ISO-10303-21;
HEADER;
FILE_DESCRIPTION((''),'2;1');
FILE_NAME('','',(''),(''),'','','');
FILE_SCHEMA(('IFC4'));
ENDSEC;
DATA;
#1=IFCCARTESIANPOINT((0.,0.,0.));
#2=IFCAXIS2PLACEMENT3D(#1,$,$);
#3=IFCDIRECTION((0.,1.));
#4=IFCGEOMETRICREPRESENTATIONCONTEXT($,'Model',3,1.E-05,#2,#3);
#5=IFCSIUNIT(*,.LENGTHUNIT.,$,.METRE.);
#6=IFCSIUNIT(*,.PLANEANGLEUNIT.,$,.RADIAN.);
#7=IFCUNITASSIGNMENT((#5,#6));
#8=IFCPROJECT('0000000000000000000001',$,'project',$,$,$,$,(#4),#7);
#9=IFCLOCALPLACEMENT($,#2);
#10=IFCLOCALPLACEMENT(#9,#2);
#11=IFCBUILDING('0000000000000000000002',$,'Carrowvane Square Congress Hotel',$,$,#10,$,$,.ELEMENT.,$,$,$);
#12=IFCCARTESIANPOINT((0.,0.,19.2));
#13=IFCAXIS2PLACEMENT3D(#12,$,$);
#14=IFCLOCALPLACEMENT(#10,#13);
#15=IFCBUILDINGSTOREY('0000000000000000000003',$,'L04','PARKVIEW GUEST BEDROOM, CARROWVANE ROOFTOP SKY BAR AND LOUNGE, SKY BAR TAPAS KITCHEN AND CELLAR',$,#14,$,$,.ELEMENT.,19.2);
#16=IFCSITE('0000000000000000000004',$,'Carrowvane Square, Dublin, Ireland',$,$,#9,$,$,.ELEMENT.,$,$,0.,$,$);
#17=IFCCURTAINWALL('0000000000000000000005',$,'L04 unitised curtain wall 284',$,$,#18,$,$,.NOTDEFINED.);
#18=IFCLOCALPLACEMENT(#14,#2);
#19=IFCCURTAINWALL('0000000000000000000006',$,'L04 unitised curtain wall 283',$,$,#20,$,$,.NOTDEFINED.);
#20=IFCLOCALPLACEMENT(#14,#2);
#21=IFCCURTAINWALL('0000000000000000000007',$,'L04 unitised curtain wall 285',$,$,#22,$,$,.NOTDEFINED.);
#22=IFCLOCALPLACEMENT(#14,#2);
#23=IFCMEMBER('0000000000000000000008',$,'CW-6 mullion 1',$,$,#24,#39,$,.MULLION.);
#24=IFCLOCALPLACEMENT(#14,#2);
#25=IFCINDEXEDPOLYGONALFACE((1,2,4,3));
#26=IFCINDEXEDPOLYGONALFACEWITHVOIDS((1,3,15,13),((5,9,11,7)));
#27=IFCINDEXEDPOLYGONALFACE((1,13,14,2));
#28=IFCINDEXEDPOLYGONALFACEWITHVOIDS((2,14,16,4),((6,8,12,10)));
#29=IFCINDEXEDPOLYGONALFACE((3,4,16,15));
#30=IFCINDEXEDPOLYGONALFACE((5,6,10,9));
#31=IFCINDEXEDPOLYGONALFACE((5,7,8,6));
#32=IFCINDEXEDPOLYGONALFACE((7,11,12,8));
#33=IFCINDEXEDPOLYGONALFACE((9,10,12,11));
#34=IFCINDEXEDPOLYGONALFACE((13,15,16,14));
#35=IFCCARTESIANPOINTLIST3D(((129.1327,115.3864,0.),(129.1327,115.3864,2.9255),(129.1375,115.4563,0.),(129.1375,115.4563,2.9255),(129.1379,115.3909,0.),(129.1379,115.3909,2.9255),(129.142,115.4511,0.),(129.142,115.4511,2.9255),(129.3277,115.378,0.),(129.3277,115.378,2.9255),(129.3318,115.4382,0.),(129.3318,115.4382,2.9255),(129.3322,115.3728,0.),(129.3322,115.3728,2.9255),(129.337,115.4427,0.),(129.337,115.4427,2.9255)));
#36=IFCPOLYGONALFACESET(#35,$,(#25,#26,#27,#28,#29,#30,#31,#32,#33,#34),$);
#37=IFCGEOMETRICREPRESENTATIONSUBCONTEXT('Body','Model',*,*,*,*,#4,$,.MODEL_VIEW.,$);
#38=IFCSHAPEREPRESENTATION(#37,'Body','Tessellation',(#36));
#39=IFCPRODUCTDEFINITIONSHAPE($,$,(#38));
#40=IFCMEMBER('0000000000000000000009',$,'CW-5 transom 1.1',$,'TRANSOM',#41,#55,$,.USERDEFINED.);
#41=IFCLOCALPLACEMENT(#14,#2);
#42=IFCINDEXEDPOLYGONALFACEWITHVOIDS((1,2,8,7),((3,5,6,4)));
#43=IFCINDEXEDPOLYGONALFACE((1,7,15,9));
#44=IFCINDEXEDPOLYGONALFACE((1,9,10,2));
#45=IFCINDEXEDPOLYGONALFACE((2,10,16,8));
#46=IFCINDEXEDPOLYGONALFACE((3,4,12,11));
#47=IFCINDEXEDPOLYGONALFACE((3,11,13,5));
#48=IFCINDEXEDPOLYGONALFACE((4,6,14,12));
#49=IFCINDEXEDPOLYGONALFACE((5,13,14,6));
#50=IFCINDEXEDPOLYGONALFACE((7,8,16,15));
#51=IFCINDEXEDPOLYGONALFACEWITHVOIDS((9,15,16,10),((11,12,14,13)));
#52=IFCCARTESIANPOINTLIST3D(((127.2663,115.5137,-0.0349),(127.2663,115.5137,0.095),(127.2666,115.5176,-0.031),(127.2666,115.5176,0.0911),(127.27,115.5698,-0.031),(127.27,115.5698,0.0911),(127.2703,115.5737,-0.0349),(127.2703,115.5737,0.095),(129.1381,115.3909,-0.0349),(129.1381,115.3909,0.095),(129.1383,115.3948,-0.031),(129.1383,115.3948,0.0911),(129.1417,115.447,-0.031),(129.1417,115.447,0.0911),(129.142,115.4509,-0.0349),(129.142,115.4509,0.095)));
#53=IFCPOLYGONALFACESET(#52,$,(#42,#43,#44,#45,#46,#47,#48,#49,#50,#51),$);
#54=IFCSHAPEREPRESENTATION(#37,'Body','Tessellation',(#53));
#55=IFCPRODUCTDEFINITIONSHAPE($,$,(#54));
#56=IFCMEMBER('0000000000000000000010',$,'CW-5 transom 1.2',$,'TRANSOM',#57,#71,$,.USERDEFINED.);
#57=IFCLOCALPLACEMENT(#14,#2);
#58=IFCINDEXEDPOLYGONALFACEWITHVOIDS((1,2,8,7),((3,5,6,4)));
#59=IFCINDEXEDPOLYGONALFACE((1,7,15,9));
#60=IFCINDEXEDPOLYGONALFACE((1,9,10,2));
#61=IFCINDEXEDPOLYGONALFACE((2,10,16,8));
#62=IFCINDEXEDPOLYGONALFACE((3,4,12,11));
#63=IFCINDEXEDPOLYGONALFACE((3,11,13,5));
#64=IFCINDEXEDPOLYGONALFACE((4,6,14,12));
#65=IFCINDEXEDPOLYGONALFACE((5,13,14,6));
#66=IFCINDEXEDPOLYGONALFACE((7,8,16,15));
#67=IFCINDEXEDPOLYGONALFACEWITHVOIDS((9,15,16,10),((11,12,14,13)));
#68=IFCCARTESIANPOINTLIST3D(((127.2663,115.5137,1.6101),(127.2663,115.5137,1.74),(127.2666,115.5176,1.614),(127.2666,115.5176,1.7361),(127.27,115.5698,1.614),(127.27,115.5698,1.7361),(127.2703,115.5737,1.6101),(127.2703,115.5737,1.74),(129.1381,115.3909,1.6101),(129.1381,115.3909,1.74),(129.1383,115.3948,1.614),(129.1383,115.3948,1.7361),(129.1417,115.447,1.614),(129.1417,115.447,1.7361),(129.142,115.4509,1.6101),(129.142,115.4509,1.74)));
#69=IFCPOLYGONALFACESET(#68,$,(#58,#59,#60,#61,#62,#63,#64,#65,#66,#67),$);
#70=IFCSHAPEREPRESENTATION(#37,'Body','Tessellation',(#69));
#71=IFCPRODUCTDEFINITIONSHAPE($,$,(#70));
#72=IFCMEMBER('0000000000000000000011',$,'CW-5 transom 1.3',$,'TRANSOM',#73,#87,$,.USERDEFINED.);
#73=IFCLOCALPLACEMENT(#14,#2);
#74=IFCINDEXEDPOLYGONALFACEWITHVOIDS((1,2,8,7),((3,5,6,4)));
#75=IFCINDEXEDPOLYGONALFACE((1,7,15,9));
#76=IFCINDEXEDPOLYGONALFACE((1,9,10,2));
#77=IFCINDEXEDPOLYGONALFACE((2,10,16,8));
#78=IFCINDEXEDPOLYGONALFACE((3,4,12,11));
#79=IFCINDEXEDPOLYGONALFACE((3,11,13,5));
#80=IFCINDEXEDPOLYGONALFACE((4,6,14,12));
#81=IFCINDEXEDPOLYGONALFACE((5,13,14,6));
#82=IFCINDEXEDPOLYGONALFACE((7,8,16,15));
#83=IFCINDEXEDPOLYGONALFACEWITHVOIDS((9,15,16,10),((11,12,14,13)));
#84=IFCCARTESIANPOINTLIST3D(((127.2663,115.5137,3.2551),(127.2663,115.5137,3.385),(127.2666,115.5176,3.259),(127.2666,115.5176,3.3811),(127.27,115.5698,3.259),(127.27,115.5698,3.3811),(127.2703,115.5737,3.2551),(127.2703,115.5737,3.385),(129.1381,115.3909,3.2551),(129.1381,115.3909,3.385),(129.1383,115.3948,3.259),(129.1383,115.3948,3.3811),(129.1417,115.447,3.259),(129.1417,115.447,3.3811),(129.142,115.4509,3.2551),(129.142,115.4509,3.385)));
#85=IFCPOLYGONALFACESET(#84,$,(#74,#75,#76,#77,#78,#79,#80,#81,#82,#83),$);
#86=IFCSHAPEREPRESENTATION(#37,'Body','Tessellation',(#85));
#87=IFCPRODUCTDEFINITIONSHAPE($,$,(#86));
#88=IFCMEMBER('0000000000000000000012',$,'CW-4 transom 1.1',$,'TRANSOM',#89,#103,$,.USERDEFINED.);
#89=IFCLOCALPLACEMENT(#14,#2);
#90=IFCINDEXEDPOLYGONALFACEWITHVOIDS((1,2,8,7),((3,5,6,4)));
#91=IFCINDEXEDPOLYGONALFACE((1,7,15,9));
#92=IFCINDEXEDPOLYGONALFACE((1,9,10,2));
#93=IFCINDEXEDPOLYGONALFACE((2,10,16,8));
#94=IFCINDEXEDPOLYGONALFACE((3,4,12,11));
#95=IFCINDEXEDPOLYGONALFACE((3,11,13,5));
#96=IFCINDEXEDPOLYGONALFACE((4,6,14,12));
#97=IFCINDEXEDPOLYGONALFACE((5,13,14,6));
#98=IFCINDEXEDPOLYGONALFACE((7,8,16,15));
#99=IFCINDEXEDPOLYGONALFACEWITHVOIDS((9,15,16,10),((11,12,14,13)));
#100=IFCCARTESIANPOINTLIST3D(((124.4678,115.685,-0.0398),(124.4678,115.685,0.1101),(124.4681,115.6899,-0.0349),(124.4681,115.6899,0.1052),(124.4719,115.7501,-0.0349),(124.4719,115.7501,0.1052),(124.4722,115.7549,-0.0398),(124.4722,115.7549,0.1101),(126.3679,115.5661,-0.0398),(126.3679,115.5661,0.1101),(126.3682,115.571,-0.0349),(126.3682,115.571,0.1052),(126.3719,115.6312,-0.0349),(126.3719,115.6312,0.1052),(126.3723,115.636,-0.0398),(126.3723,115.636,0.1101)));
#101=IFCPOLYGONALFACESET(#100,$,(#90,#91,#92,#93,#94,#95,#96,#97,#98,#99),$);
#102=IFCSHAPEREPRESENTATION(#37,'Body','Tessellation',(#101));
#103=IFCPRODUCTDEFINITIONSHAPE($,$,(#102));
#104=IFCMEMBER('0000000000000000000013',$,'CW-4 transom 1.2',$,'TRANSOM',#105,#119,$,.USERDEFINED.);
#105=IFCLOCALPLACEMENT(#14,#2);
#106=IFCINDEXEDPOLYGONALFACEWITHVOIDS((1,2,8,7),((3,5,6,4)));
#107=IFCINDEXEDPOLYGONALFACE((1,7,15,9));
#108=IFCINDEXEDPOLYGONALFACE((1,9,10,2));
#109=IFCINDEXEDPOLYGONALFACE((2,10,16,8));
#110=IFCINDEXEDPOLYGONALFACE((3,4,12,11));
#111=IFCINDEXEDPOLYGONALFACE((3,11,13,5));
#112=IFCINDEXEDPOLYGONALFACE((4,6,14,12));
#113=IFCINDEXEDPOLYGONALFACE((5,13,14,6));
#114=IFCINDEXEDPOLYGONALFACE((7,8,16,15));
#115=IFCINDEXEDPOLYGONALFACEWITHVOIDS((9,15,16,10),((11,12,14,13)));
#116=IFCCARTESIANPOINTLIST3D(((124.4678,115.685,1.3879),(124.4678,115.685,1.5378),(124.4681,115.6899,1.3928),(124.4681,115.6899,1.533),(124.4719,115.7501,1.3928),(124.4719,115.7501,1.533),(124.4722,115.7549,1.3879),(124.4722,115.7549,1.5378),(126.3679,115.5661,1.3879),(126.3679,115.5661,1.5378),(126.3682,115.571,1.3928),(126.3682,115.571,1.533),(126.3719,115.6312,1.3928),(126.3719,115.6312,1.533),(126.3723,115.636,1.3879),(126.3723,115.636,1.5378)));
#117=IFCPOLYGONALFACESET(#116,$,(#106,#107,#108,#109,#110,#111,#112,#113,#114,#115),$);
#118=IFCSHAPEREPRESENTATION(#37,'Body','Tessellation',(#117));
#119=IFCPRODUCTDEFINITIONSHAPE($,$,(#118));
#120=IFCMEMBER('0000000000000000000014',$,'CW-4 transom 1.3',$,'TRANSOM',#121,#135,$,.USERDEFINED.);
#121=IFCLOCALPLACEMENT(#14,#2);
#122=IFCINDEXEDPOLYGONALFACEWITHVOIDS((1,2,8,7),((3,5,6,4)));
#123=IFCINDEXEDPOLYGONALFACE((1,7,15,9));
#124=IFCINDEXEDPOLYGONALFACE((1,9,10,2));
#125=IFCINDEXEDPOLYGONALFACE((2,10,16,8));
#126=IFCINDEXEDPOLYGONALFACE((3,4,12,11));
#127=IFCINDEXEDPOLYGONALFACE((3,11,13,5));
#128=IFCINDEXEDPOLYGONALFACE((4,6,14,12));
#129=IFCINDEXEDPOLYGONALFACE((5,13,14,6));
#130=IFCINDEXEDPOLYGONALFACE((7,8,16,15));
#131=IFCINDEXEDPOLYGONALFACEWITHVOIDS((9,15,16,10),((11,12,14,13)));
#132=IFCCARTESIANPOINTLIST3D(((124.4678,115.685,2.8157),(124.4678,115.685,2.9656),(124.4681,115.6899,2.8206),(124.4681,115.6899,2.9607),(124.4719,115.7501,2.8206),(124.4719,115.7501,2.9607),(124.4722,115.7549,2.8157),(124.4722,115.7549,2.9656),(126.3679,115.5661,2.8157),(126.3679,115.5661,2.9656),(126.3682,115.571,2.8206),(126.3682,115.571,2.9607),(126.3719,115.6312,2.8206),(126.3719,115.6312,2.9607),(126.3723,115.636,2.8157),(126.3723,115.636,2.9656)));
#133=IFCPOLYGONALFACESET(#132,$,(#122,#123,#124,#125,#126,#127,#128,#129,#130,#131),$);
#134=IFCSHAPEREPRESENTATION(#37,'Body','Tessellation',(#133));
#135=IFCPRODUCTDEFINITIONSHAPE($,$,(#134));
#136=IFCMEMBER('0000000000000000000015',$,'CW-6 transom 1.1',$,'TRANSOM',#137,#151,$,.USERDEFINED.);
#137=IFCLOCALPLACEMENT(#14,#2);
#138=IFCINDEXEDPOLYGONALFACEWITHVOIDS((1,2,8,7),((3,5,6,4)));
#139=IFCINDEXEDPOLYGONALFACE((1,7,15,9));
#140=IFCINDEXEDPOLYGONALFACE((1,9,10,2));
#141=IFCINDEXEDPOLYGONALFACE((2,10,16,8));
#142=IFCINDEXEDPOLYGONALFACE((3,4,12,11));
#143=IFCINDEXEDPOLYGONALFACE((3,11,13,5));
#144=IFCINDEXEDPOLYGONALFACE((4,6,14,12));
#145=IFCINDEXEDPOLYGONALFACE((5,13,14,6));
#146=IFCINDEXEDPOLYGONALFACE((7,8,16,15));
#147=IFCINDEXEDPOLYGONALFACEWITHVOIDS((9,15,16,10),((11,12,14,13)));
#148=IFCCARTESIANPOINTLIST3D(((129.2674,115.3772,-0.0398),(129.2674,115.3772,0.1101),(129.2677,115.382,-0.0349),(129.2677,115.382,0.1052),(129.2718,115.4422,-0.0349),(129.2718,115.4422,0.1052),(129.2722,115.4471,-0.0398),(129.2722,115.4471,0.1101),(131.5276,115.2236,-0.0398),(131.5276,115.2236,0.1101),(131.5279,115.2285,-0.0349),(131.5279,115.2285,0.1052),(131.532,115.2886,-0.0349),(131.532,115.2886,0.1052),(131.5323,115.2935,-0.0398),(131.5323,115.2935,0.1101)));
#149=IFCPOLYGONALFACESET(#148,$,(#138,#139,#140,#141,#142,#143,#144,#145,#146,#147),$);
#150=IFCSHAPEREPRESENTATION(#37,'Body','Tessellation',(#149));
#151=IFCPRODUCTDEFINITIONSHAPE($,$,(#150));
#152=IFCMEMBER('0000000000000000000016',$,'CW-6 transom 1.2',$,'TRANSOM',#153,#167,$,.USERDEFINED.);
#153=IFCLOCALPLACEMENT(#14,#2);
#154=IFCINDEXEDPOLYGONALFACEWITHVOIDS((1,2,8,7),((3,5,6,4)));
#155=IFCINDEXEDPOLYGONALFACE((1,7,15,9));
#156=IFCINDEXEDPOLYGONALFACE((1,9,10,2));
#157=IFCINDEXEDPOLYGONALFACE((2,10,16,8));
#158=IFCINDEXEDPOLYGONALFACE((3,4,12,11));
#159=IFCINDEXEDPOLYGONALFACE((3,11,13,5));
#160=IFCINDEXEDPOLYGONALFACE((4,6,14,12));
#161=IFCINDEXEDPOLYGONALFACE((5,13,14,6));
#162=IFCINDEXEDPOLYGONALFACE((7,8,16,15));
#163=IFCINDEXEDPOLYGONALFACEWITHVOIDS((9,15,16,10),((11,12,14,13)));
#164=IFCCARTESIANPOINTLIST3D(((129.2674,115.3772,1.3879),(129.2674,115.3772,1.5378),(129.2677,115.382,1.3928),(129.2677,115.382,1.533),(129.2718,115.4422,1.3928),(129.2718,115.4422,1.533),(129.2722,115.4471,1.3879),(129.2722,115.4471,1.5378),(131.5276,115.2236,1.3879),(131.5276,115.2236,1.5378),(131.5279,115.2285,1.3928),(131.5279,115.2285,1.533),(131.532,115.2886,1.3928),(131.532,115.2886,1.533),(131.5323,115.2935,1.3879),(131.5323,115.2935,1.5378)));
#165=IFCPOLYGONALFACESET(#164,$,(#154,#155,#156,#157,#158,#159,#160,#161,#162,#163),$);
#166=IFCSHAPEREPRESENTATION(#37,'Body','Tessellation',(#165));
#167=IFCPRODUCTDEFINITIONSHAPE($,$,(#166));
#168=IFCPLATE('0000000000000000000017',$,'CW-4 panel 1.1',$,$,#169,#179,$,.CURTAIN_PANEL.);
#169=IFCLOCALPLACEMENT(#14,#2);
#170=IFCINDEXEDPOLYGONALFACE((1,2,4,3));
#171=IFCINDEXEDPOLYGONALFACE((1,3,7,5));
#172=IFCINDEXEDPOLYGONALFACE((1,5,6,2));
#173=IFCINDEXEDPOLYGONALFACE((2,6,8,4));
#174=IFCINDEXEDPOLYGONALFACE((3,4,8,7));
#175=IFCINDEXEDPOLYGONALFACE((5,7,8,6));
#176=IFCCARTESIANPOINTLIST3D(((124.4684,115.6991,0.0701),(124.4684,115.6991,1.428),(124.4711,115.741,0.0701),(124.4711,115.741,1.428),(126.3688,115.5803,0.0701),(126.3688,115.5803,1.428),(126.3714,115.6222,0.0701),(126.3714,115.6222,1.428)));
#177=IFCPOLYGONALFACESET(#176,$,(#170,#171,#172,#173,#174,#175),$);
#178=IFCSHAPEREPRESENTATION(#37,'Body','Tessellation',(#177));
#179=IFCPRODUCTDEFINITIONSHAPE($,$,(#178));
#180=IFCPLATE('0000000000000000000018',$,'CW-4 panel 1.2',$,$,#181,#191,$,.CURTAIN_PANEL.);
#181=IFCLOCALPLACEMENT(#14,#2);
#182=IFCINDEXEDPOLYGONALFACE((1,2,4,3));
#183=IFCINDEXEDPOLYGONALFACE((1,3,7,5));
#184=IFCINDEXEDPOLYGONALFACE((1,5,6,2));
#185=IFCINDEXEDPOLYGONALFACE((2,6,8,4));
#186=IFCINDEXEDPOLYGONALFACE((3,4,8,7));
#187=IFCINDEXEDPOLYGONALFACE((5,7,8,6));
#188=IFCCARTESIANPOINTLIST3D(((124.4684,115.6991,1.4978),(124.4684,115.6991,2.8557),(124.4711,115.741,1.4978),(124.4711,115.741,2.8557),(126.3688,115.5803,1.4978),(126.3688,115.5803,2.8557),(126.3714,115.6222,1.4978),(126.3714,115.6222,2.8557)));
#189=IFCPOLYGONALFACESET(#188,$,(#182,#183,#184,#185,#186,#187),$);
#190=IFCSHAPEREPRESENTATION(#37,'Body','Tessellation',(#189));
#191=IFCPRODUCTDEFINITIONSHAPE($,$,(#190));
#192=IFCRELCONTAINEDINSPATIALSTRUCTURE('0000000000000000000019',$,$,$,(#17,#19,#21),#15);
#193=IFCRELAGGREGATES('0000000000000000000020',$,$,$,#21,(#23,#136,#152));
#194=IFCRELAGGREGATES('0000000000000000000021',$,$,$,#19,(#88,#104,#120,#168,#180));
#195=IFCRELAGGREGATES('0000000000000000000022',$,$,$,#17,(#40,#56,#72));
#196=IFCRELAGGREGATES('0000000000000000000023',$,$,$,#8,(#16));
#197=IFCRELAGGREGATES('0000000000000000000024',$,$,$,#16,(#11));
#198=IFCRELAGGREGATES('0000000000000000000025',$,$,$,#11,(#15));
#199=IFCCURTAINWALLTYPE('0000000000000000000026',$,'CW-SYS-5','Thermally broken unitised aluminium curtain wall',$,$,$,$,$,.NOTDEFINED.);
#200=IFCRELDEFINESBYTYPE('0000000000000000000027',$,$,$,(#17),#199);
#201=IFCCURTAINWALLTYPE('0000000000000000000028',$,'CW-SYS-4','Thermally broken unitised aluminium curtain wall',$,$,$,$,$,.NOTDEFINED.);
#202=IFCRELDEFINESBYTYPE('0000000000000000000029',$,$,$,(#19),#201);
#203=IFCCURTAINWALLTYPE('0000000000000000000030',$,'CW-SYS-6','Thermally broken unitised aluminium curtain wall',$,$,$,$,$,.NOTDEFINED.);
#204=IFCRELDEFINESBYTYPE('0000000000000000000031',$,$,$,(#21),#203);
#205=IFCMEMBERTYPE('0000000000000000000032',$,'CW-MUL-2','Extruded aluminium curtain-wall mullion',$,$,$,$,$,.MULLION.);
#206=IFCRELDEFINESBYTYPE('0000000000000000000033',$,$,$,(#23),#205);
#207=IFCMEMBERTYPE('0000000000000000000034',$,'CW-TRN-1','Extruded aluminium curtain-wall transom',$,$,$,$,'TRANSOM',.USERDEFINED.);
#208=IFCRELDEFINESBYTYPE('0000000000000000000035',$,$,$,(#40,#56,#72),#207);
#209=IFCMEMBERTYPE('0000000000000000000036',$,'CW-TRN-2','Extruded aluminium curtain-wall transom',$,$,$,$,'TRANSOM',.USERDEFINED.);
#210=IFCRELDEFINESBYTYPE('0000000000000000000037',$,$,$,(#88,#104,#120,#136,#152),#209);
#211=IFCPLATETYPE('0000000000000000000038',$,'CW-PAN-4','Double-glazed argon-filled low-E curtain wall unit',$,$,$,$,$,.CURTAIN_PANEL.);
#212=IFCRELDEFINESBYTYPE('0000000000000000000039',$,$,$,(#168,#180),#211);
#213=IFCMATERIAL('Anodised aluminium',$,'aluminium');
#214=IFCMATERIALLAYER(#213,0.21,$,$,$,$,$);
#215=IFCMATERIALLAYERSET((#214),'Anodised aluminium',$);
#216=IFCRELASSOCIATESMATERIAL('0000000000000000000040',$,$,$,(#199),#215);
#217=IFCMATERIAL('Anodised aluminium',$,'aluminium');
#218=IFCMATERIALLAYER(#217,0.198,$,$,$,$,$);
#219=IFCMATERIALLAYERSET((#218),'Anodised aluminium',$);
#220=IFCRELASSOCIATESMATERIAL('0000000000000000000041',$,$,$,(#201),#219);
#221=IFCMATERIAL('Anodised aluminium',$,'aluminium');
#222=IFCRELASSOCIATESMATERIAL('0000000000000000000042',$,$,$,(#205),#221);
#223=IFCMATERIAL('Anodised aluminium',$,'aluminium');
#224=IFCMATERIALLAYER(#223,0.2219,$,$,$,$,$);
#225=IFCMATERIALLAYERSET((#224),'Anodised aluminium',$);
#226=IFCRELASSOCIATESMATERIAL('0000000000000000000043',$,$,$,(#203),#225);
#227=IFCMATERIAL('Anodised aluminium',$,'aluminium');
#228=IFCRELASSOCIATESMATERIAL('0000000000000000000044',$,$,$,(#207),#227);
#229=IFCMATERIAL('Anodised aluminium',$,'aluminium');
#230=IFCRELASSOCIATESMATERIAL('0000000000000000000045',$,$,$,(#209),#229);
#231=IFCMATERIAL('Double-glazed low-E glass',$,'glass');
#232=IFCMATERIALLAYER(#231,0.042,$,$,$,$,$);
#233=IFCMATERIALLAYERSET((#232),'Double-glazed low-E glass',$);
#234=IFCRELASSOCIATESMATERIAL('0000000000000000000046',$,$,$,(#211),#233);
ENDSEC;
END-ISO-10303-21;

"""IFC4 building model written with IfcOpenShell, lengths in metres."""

from ifc_helpers import new_model, si_unit, direction, frame, origin, origin_2d, place, context, subcontext, project, spatial, rectangle, hollow_rectangle, extrude, material, layer, layer_set, material_profile, profile_set, type_object, element, aggregate, save


model = new_model("IFC4")

# Units and contexts
model_context = context("Model", 3, precision=1e-05, world=origin(), true_north=direction((0.0, 1.0)))
body_context = subcontext(model_context, "Body", "Model", "MODEL_VIEW")
ifc_project = project(units=[si_unit("LENGTHUNIT", "METRE"), si_unit("PLANEANGLEUNIT", "RADIAN")], contexts=[model_context])

# Site, building, storey
site_placement = place(None, origin())
site = spatial("IfcSite", under=ifc_project, at=site_placement, Name="Carrowvane Square, Dublin, Ireland", CompositionType="ELEMENT", RefElevation=0.0)
building_placement = place(site_placement, origin())
building = spatial("IfcBuilding", under=site, at=building_placement, Name="Carrowvane Square Congress Hotel", CompositionType="ELEMENT")
storey_placement = place(building_placement, frame((0.0, 0.0, 19.2)))
storey = spatial("IfcBuildingStorey", under=building, at=storey_placement, Name="L04", Description="PARKVIEW GUEST BEDROOM, CARROWVANE ROOFTOP SKY BAR AND LOUNGE, SKY BAR TAPAS KITCHEN AND CELLAR", CompositionType="ELEMENT", Elevation=19.2)

# Curtain walls
ifc_material_1 = material(Name="Anodised aluminium", Category="aluminium")
ifc_layer_1 = layer(ifc_material_1, 0.21)
ifc_layer_set_1 = layer_set([ifc_layer_1], Name="Anodised aluminium")
curtain_wall_type_1 = type_object("IfcCurtainWallType", Name="CW-SYS-5", Description="Thermally broken unitised aluminium curtain wall", PredefinedType="NOTDEFINED", material=ifc_layer_set_1)
curtain_wall_1_placement = place(storey_placement, origin())
curtain_wall_1 = element("IfcCurtainWall", 1, at=curtain_wall_1_placement, inside=storey, type_object=curtain_wall_type_1, Name="L04 unitised curtain wall 284", PredefinedType="NOTDEFINED")
ifc_material_2 = material(Name="Anodised aluminium", Category="aluminium")
ifc_layer_2 = layer(ifc_material_2, 0.198)
ifc_layer_set_2 = layer_set([ifc_layer_2], Name="Anodised aluminium")
curtain_wall_type_2 = type_object("IfcCurtainWallType", Name="CW-SYS-4", Description="Thermally broken unitised aluminium curtain wall", PredefinedType="NOTDEFINED", material=ifc_layer_set_2)
curtain_wall_2_placement = place(storey_placement, origin())
curtain_wall_2 = element("IfcCurtainWall", 2, at=curtain_wall_2_placement, inside=storey, type_object=curtain_wall_type_2, Name="L04 unitised curtain wall 283", PredefinedType="NOTDEFINED")
ifc_material_3 = material(Name="Anodised aluminium", Category="aluminium")
ifc_material_profile_1 = material_profile(ifc_material_3, hollow_rectangle(XDim=0.0701, YDim=0.2, WallThickness=0.0049, at=origin_2d()), Name="CW-ML 70x200x5")
ifc_profile_set_1 = profile_set([ifc_material_profile_1], Name="Anodised aluminium")
member_type_1 = type_object("IfcMemberType", Name="CW-MUL-2", Description="Extruded aluminium curtain-wall mullion", PredefinedType="MULLION", material=ifc_profile_set_1)

# Curtain wall, member
ifc_material_4 = material(Name="Anodised aluminium", Category="aluminium")
ifc_layer_3 = layer(ifc_material_4, 0.2219)
ifc_layer_set_3 = layer_set([ifc_layer_3], Name="Anodised aluminium")
curtain_wall_type_3 = type_object("IfcCurtainWallType", Name="CW-SYS-6", Description="Thermally broken unitised aluminium curtain wall", PredefinedType="NOTDEFINED", material=ifc_layer_set_3)
curtain_wall_3_placement = place(storey_placement, origin())
curtain_wall_3 = element("IfcCurtainWall", 3, at=curtain_wall_3_placement, inside=storey, type_object=curtain_wall_type_3, Name="L04 unitised curtain wall 285", PredefinedType="NOTDEFINED")
member_1_placement = place(storey_placement, frame((129.2349, 115.4146, 0.0), z_axis=(0.0, 0.0, 1.0), x_axis=(0.06787, 0.997694, 0.0)))
member_1 = element("IfcMember", 4, at=member_1_placement, type_object=member_type_1, Name="CW-6 mullion 1", PredefinedType="MULLION", context=body_context, shape_type="SweptSolid", body=[
    extrude(hollow_rectangle(XDim=0.0701, YDim=0.2, WallThickness=0.0049, at=origin_2d()), origin(), (0.0, 0.0, 1.0), 2.9255),
])

# Members
ifc_material_5 = material(Name="Anodised aluminium", Category="aluminium")
ifc_material_profile_2 = material_profile(ifc_material_5, hollow_rectangle(XDim=0.0601, YDim=0.1299, WallThickness=0.0039, at=origin_2d()), Name="CW-TR 60x130x4")
ifc_profile_set_2 = profile_set([ifc_material_profile_2], Name="Anodised aluminium")
member_type_2 = type_object("IfcMemberType", Name="CW-TRN-1", Description="Extruded aluminium curtain-wall transom", ElementType="TRANSOM", PredefinedType="USERDEFINED", material=ifc_profile_set_2)
member_2_placement = place(storey_placement, frame((127.2683, 115.5437, 0.03), z_axis=(0.997855, -0.065465, 0.0), x_axis=(0.065465, 0.997855, 0.0)))
member_2 = element("IfcMember", 5, at=member_2_placement, type_object=member_type_2, Name="CW-5 transom 1.1", ObjectType="TRANSOM", PredefinedType="USERDEFINED", context=body_context, shape_type="SweptSolid", body=[
    extrude(hollow_rectangle(XDim=0.0601, YDim=0.1299, WallThickness=0.0039, at=origin_2d()), origin(), (0.0, 0.0, 1.0), 1.8757),
])
member_3_placement = place(storey_placement, frame((127.2683, 115.5437, 1.675), z_axis=(0.997855, -0.065465, 0.0), x_axis=(0.065465, 0.997855, 0.0)))
member_3 = element("IfcMember", 6, at=member_3_placement, type_object=member_type_2, Name="CW-5 transom 1.2", ObjectType="TRANSOM", PredefinedType="USERDEFINED", context=body_context, shape_type="SweptSolid", body=[
    extrude(hollow_rectangle(XDim=0.0601, YDim=0.1299, WallThickness=0.0039, at=origin_2d()), origin(), (0.0, 0.0, 1.0), 1.8757),
])
member_4_placement = place(storey_placement, frame((127.2683, 115.5437, 3.3201), z_axis=(0.997855, -0.065465, 0.0), x_axis=(0.065465, 0.997855, 0.0)))
member_4 = element("IfcMember", 7, at=member_4_placement, type_object=member_type_2, Name="CW-5 transom 1.3", ObjectType="TRANSOM", PredefinedType="USERDEFINED", context=body_context, shape_type="SweptSolid", body=[
    extrude(hollow_rectangle(XDim=0.0601, YDim=0.1299, WallThickness=0.0039, at=origin_2d()), origin(), (0.0, 0.0, 1.0), 1.8757),
])
ifc_material_6 = material(Name="Anodised aluminium", Category="aluminium")
ifc_material_profile_3 = material_profile(ifc_material_6, hollow_rectangle(XDim=0.0701, YDim=0.1499, WallThickness=0.0049, at=origin_2d()), Name="CW-TR 70x150x5")
ifc_profile_set_3 = profile_set([ifc_material_profile_3], Name="Anodised aluminium")
member_type_3 = type_object("IfcMemberType", Name="CW-TRN-2", Description="Extruded aluminium curtain-wall transom", ElementType="TRANSOM", PredefinedType="USERDEFINED", material=ifc_profile_set_3)
member_5_placement = place(storey_placement, frame((124.47, 115.72, 0.0352), z_axis=(0.998048, -0.06245, 0.0), x_axis=(0.06245, 0.998048, 0.0)))
member_5 = element("IfcMember", 8, at=member_5_placement, type_object=member_type_3, Name="CW-4 transom 1.1", ObjectType="TRANSOM", PredefinedType="USERDEFINED", context=body_context, shape_type="SweptSolid", body=[
    extrude(hollow_rectangle(XDim=0.0701, YDim=0.1499, WallThickness=0.0049, at=origin_2d()), origin(), (0.0, 0.0, 1.0), 1.9038),
])
member_6_placement = place(storey_placement, frame((124.47, 115.72, 1.4629), z_axis=(0.998048, -0.06245, 0.0), x_axis=(0.06245, 0.998048, 0.0)))
member_6 = element("IfcMember", 9, at=member_6_placement, type_object=member_type_3, Name="CW-4 transom 1.2", ObjectType="TRANSOM", PredefinedType="USERDEFINED", context=body_context, shape_type="SweptSolid", body=[
    extrude(hollow_rectangle(XDim=0.0701, YDim=0.1499, WallThickness=0.0049, at=origin_2d()), origin(), (0.0, 0.0, 1.0), 1.9038),
])
member_7_placement = place(storey_placement, frame((124.47, 115.72, 2.8906), z_axis=(0.998048, -0.06245, 0.0), x_axis=(0.06245, 0.998048, 0.0)))
member_7 = element("IfcMember", 10, at=member_7_placement, type_object=member_type_3, Name="CW-4 transom 1.3", ObjectType="TRANSOM", PredefinedType="USERDEFINED", context=body_context, shape_type="SweptSolid", body=[
    extrude(hollow_rectangle(XDim=0.0701, YDim=0.1499, WallThickness=0.0049, at=origin_2d()), origin(), (0.0, 0.0, 1.0), 1.9038),
])
member_8_placement = place(storey_placement, frame((129.2698, 115.4121, 0.0352), z_axis=(0.9977, -0.067785, 0.0), x_axis=(0.067785, 0.9977, 0.0)))
member_8 = element("IfcMember", 11, at=member_8_placement, type_object=member_type_3, Name="CW-6 transom 1.1", ObjectType="TRANSOM", PredefinedType="USERDEFINED", context=body_context, shape_type="SweptSolid", body=[
    extrude(hollow_rectangle(XDim=0.0701, YDim=0.1499, WallThickness=0.0049, at=origin_2d()), origin(), (0.0, 0.0, 1.0), 2.2654),
])
member_9_placement = place(storey_placement, frame((129.2698, 115.4121, 1.4629), z_axis=(0.9977, -0.067785, 0.0), x_axis=(0.067785, 0.9977, 0.0)))
member_9 = element("IfcMember", 12, at=member_9_placement, type_object=member_type_3, Name="CW-6 transom 1.2", ObjectType="TRANSOM", PredefinedType="USERDEFINED", context=body_context, shape_type="SweptSolid", body=[
    extrude(hollow_rectangle(XDim=0.0701, YDim=0.1499, WallThickness=0.0049, at=origin_2d()), origin(), (0.0, 0.0, 1.0), 2.2654),
])
aggregate(curtain_wall_3, [member_1, member_8, member_9])

# Plates
ifc_material_7 = material(Name="Double-glazed low-E glass", Category="glass")
ifc_layer_4 = layer(ifc_material_7, 0.042)
ifc_layer_set_4 = layer_set([ifc_layer_4], Name="Double-glazed low-E glass")
plate_type_1 = type_object("IfcPlateType", Name="CW-PAN-4", Description="Double-glazed argon-filled low-E curtain wall unit", PredefinedType="CURTAIN_PANEL", material=ifc_layer_set_4)
plate_1_placement = place(storey_placement, frame((125.4199, 115.6606, 0.0701), z_axis=(0.0, 0.0, 1.0), x_axis=(0.998051, -0.062397, 0.0)))
plate_1 = element("IfcPlate", 13, at=plate_1_placement, type_object=plate_type_1, Name="CW-4 panel 1.1", PredefinedType="CURTAIN_PANEL", context=body_context, shape_type="SweptSolid", body=[
    extrude(rectangle(XDim=1.9041, YDim=0.042, at=origin_2d()), origin(), (0.0, 0.0, 1.0), 1.3579),
])
plate_2_placement = place(storey_placement, frame((125.4199, 115.6606, 1.4978), z_axis=(0.0, 0.0, 1.0), x_axis=(0.998051, -0.062397, 0.0)))
plate_2 = element("IfcPlate", 14, at=plate_2_placement, type_object=plate_type_1, Name="CW-4 panel 1.2", PredefinedType="CURTAIN_PANEL", context=body_context, shape_type="SweptSolid", body=[
    extrude(rectangle(XDim=1.9041, YDim=0.042, at=origin_2d()), origin(), (0.0, 0.0, 1.0), 1.3579),
])
aggregate(curtain_wall_2, [member_5, member_6, member_7, plate_1, plate_2])
aggregate(curtain_wall_1, [member_2, member_3, member_4])

save(model, "model.ifc")
